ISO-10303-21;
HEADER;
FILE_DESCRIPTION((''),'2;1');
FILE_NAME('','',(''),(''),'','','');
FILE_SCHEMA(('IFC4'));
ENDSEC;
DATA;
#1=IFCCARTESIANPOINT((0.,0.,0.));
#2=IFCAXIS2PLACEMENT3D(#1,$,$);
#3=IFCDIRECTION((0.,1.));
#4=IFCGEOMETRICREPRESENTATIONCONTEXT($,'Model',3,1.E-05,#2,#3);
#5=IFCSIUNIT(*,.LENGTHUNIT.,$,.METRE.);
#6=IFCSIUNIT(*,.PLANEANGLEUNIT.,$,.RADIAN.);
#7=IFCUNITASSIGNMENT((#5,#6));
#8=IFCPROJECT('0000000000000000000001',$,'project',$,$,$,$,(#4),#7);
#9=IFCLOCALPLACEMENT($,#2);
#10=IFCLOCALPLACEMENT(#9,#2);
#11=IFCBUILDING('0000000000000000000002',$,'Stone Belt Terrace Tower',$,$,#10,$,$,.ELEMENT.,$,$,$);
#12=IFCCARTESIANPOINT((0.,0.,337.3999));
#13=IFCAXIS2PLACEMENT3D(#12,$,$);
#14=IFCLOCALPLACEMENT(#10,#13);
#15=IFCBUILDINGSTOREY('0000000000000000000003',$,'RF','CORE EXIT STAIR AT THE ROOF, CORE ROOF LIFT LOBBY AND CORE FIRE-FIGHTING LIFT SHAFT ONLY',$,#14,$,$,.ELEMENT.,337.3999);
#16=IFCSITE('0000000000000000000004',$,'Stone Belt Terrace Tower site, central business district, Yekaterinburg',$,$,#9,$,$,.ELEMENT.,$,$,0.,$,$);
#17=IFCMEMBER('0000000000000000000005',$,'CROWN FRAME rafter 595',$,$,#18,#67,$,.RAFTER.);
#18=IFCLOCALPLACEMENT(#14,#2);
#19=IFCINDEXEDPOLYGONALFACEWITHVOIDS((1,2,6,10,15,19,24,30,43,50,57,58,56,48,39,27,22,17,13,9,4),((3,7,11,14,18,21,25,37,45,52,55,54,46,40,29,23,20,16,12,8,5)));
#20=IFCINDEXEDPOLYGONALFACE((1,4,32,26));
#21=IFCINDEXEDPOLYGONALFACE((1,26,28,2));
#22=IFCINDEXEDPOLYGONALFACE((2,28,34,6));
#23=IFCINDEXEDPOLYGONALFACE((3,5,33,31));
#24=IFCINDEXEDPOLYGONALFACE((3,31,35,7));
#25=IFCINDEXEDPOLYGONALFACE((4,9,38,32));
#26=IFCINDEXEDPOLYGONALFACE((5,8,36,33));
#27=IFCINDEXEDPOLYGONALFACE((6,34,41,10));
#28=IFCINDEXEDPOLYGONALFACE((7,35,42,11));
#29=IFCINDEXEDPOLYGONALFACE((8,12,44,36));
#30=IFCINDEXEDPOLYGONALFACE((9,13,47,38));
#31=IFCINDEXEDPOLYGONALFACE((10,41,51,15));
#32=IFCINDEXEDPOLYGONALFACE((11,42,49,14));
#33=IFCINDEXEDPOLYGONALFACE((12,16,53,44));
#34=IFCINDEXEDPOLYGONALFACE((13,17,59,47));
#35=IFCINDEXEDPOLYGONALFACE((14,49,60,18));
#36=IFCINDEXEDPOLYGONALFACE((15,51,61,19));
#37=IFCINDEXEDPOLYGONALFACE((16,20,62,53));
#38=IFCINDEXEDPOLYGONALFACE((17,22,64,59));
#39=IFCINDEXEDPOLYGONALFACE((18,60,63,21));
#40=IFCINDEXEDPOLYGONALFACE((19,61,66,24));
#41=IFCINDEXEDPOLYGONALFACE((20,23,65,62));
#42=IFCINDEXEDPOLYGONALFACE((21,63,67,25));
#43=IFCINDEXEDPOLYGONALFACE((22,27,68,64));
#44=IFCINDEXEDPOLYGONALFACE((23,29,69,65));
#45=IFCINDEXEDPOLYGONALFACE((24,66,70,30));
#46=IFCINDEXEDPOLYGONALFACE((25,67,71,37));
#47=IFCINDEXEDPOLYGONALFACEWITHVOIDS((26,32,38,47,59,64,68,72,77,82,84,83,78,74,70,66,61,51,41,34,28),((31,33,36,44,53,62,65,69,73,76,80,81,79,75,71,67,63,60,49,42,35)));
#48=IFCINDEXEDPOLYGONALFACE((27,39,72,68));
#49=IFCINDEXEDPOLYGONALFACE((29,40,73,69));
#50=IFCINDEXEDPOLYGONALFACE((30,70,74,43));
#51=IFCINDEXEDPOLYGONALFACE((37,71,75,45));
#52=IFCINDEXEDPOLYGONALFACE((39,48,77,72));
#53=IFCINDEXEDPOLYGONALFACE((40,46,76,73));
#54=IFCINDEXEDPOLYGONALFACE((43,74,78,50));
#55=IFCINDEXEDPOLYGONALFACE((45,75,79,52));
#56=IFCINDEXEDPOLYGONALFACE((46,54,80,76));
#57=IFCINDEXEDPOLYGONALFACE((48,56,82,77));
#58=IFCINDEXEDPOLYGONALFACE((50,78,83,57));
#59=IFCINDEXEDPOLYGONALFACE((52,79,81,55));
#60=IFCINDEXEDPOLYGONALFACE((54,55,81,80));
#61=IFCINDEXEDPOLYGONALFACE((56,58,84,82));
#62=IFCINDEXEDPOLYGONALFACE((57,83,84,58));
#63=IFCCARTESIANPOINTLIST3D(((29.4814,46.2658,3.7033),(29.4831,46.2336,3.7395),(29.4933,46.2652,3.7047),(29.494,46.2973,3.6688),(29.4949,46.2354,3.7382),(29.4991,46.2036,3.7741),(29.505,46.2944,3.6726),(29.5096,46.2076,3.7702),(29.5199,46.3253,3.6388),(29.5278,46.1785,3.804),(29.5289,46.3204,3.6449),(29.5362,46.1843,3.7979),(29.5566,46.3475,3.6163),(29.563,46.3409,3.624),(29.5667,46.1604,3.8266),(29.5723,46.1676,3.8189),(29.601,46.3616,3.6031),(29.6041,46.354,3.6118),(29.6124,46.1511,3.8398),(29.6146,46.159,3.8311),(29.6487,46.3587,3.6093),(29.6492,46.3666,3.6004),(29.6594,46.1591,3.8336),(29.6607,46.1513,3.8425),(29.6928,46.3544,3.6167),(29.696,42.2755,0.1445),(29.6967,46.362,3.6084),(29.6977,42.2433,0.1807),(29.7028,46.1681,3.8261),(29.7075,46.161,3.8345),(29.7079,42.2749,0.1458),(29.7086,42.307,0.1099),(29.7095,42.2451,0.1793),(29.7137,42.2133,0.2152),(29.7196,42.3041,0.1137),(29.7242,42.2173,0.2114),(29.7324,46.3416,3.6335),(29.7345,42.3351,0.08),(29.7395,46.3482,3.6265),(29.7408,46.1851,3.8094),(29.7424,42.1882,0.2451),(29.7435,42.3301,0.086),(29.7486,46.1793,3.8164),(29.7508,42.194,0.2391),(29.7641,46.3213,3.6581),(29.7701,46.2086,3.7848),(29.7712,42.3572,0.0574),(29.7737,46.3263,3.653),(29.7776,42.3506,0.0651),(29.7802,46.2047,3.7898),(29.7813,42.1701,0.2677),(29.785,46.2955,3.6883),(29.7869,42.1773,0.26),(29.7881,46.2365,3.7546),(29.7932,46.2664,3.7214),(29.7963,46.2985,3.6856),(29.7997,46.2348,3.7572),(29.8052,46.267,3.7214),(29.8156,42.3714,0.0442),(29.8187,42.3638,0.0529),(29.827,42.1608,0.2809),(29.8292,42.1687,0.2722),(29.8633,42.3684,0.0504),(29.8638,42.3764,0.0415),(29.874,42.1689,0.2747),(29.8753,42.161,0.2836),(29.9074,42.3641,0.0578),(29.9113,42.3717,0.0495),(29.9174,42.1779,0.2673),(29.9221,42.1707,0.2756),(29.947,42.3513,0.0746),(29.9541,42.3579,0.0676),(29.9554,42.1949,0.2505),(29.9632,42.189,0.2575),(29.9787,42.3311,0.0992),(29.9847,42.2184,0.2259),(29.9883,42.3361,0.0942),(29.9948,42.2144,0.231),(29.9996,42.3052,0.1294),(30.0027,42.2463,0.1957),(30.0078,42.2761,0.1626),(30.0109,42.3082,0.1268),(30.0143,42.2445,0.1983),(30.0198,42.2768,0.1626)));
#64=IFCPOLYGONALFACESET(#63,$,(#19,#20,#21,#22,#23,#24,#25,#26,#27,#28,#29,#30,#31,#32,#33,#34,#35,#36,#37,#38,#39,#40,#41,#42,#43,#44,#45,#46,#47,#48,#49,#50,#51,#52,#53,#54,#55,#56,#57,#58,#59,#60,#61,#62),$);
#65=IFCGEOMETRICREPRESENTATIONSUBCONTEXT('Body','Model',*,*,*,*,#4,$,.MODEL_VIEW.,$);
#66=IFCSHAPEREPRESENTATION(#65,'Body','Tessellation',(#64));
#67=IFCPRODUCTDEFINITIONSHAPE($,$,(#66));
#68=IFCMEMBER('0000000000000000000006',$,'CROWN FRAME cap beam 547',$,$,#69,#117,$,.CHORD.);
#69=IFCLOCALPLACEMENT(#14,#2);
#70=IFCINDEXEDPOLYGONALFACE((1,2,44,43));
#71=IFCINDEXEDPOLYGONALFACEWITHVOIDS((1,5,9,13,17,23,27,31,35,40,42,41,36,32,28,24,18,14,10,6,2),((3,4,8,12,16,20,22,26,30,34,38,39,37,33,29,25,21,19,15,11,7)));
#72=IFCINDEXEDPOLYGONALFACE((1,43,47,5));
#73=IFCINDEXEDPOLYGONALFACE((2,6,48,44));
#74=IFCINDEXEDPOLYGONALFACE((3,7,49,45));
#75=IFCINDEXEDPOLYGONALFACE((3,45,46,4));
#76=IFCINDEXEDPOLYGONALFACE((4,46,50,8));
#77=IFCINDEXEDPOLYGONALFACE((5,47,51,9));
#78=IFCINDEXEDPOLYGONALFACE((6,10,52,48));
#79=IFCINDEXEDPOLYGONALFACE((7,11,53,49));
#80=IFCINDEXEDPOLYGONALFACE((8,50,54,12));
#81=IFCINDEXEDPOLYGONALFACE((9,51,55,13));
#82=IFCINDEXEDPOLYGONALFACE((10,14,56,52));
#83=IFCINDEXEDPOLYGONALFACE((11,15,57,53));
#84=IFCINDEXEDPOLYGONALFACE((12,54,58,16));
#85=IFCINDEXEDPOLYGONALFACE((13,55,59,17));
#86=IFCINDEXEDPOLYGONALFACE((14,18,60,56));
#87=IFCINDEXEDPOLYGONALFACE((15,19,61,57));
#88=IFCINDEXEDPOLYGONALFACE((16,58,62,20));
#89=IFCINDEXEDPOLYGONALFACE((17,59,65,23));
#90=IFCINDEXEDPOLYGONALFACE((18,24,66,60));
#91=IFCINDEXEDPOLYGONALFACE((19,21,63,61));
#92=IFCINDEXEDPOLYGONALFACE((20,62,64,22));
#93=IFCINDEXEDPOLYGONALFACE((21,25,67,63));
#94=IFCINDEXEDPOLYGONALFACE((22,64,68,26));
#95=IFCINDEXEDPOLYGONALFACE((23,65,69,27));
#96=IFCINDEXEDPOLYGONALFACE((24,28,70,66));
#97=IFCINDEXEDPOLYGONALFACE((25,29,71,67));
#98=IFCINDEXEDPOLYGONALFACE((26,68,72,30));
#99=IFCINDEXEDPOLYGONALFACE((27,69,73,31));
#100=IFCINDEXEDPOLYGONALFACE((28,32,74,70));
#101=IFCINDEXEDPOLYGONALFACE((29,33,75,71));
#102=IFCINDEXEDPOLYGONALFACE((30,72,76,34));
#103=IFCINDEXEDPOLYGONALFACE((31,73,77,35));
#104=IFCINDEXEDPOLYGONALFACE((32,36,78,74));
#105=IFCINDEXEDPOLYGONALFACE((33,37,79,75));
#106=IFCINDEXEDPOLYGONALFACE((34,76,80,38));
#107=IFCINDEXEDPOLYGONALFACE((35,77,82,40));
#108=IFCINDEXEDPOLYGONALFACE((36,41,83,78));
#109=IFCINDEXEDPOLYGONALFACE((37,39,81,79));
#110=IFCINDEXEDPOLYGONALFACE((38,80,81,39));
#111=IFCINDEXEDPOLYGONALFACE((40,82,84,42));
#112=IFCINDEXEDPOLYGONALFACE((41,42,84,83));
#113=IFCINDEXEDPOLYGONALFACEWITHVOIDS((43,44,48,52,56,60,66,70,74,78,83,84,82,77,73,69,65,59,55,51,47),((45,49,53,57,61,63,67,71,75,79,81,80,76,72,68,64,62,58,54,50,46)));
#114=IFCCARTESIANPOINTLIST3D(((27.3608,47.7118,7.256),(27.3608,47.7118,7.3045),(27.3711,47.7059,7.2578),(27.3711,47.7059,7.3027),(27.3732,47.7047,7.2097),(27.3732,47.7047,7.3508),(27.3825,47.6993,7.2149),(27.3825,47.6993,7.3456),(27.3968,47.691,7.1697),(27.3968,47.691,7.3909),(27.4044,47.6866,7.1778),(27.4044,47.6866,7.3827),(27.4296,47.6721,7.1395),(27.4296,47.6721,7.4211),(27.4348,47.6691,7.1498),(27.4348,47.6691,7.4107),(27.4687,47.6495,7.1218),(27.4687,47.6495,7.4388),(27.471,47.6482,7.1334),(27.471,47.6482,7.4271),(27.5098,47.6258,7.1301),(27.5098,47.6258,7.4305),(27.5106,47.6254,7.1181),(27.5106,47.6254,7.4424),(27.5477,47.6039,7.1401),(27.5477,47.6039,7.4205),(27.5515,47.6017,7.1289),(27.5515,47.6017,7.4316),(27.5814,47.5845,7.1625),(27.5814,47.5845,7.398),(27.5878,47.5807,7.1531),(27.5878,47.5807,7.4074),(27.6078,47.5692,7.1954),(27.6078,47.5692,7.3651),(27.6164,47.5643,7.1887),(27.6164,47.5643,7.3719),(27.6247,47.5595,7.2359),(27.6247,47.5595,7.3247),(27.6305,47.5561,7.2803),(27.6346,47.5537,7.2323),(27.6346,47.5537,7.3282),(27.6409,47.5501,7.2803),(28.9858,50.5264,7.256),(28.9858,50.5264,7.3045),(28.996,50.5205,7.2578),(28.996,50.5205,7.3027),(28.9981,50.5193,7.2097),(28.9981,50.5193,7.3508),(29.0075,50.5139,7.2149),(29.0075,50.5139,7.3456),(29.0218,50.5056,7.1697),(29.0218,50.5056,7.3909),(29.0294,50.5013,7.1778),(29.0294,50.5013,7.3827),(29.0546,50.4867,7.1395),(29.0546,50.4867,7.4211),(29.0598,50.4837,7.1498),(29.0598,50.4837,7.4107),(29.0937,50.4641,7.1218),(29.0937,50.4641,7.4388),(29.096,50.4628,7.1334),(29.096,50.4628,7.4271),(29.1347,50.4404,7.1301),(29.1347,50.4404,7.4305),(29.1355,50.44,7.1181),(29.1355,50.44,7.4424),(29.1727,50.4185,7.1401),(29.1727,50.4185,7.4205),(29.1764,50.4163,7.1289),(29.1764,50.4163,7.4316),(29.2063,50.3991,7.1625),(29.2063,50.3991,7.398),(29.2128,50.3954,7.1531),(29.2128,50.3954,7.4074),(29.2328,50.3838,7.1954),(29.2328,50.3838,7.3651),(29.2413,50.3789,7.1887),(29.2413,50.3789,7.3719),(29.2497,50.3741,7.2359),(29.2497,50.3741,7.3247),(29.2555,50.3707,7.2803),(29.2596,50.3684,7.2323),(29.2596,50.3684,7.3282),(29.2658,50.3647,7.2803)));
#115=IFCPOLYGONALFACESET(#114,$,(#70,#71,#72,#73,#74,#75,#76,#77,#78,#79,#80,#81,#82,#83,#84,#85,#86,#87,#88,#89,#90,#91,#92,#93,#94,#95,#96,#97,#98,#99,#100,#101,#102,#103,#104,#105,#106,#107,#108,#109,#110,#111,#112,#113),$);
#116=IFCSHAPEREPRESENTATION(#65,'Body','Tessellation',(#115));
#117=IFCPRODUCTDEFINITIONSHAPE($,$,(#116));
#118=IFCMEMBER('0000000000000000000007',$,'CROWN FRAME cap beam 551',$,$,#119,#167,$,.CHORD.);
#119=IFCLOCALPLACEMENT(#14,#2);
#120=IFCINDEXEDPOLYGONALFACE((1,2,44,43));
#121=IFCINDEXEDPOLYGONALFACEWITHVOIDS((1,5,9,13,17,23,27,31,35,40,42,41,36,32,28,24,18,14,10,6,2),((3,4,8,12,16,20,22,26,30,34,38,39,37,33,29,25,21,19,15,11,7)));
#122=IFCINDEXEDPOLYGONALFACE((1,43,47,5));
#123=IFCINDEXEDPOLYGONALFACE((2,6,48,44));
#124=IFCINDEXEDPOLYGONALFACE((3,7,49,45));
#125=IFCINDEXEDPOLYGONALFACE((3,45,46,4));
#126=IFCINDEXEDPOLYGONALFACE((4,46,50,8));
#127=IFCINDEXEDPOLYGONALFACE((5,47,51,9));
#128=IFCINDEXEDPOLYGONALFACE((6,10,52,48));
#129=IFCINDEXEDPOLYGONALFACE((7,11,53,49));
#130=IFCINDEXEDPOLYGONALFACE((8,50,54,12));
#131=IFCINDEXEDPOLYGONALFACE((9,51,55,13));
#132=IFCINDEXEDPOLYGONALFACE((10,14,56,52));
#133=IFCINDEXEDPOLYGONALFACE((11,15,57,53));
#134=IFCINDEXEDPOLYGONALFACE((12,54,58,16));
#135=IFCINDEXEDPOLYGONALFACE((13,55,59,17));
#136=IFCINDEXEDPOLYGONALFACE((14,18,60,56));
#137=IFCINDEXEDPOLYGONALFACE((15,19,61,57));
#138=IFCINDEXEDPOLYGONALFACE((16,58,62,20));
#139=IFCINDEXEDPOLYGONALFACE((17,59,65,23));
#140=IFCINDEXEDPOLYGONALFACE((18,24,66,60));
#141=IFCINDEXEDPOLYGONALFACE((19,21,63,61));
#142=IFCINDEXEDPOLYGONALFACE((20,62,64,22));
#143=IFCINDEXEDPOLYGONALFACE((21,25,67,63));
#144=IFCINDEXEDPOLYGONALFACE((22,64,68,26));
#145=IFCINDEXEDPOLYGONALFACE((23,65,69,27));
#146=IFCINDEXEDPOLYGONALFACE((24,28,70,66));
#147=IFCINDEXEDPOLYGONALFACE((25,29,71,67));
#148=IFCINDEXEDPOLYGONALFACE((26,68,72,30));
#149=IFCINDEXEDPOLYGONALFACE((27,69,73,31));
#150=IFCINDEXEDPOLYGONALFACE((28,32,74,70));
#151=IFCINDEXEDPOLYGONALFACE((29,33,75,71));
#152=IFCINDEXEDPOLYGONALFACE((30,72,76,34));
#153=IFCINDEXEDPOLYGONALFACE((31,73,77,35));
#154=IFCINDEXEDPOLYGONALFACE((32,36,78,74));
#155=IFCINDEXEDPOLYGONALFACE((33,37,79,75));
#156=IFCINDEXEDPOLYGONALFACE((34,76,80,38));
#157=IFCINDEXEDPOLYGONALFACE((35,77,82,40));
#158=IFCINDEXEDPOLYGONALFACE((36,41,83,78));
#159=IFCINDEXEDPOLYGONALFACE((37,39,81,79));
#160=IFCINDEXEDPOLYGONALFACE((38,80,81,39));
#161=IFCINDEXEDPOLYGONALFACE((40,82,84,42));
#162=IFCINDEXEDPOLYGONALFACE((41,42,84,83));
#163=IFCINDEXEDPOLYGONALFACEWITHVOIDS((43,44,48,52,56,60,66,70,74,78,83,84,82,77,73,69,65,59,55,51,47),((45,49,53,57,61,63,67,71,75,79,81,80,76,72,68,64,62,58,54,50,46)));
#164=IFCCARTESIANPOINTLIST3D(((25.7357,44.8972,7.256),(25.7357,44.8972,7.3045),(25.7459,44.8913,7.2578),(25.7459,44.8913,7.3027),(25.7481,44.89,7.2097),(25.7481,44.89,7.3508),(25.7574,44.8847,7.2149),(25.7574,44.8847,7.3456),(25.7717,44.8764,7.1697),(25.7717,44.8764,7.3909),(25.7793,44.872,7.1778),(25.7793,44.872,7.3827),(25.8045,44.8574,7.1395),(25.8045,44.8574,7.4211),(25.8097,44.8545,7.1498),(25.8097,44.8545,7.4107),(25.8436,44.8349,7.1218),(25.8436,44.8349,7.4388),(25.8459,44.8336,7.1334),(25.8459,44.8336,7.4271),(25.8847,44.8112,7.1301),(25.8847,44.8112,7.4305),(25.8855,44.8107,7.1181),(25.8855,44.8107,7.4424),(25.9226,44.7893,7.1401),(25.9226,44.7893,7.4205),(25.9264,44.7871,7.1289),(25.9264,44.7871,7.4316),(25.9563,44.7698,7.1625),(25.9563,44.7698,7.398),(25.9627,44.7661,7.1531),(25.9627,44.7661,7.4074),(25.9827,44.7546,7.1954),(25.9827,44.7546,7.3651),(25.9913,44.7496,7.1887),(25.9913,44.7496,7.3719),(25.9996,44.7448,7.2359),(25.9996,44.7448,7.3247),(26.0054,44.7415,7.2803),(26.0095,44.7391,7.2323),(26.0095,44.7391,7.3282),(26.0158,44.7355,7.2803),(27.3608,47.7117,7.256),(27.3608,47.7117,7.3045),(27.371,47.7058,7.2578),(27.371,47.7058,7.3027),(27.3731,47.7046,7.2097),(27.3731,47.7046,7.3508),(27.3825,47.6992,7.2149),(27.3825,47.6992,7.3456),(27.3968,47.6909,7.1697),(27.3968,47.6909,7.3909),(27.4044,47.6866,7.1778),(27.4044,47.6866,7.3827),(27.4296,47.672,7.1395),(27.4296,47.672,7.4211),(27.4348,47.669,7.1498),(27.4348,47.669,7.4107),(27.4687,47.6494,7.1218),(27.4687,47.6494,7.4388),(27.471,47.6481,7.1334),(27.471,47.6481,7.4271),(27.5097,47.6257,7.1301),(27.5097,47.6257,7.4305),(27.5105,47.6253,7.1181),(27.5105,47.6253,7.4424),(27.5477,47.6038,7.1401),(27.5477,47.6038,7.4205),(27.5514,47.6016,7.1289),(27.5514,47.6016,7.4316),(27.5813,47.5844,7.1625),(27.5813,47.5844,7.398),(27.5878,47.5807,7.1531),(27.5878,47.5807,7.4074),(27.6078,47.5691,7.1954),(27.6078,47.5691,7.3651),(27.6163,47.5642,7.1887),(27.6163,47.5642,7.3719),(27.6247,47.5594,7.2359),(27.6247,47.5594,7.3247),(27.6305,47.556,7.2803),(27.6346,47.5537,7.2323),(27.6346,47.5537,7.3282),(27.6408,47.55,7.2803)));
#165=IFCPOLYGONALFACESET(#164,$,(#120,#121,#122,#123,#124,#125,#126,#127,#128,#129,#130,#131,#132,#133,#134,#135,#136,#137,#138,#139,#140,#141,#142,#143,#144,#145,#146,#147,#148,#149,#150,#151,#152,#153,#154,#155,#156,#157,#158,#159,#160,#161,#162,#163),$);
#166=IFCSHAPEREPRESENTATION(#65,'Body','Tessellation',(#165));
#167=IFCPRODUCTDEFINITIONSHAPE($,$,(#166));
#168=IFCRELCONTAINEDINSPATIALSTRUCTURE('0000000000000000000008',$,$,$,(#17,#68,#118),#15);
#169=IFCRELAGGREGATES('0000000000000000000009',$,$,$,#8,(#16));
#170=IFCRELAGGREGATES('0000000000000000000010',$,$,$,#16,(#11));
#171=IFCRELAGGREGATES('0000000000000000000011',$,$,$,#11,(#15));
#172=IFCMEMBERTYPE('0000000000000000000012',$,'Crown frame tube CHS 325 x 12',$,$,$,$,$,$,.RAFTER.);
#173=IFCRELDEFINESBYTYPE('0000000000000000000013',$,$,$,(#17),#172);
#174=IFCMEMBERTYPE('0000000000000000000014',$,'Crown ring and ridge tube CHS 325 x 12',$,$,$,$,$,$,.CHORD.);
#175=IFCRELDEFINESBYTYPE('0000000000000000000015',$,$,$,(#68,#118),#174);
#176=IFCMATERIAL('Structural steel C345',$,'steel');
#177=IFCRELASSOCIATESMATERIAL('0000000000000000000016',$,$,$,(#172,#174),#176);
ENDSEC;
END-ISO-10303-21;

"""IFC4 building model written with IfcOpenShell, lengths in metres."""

from ifc_helpers import new_model, si_unit, direction, frame, origin, origin_2d, place, context, subcontext, project, spatial, hollow_circle, extrude, material, material_profile, profile_set, type_object, element, save


model = new_model("IFC4")

# Units and contexts
model_context = context("Model", 3, precision=1e-05, world=origin(), true_north=direction((0.0, 1.0)))
body_context = subcontext(model_context, "Body", "Model", "MODEL_VIEW")
ifc_project = project(units=[si_unit("LENGTHUNIT", "METRE"), si_unit("PLANEANGLEUNIT", "RADIAN")], contexts=[model_context])

# Site, building, storey
site_placement = place(None, origin())
site = spatial("IfcSite", under=ifc_project, at=site_placement, Name="Stone Belt Terrace Tower site, central business district, Yekaterinburg", CompositionType="ELEMENT", RefElevation=0.0)
building_placement = place(site_placement, origin())
building = spatial("IfcBuilding", under=site, at=building_placement, Name="Stone Belt Terrace Tower", CompositionType="ELEMENT")
storey_placement = place(building_placement, frame((0.0, 0.0, 337.3999)))
storey = spatial("IfcBuildingStorey", under=building, at=storey_placement, Name="RF", Description="CORE EXIT STAIR AT THE ROOF, CORE ROOF LIFT LOBBY AND CORE FIRE-FIGHTING LIFT SHAFT ONLY", CompositionType="ELEMENT", Elevation=337.3999)

# Members
ifc_material_1 = material(Name="Structural steel C345", Category="steel")
ifc_material_profile_1 = material_profile(ifc_material_1, hollow_circle(Radius=0.1626, WallThickness=0.012, at=origin_2d()), Name="Structural steel C345 CHS 325x12")
ifc_profile_set_1 = profile_set([ifc_material_profile_1], Name="Structural steel C345")
member_type_1 = type_object("IfcMemberType", Name="Crown frame tube CHS 325 x 12", PredefinedType="RAFTER", material=ifc_profile_set_1)
member_1_placement = place(storey_placement, frame((29.6428, 46.2583, 3.7214), z_axis=(0.040104, -0.745697, -0.665077), x_axis=(0.998557, 0.053704, 0.0)))
element("IfcMember", 1, at=member_1_placement, inside=storey, type_object=member_type_1, Name="CROWN FRAME rafter 595", PredefinedType="RAFTER", context=body_context, shape_type="SweptSolid", body=[
    extrude(hollow_circle(Radius=0.1626, WallThickness=0.012, at=origin_2d()), origin(), (0.0, 0.0, 1.0), 5.3511),
])
ifc_material_profile_2 = material_profile(ifc_material_1, hollow_circle(Radius=0.1626, WallThickness=0.012, at=origin_2d()), Name="Structural steel C345 CHS 325x12")
ifc_profile_set_2 = profile_set([ifc_material_profile_2], Name="Structural steel C345")
member_type_2 = type_object("IfcMemberType", Name="Crown ring and ridge tube CHS 325 x 12", PredefinedType="CHORD", material=ifc_profile_set_2)
for number, where, z_axis, x_axis, name in (
    (2, (29.125, 50.446, 7.2803), (-0.499985, -0.866034, 0.0), (0.866034, -0.499985, 0.0), "CROWN FRAME cap beam 547"),
    (3, (27.5, 47.6313, 7.2803), (-0.500017, -0.866015, 0.0), (0.866015, -0.500017, 0.0), "CROWN FRAME cap beam 551"),
):
    element("IfcMember", number, at=place(storey_placement, frame(where, z_axis=z_axis, x_axis=x_axis)), inside=storey, type_object=member_type_2, Name=name, PredefinedType="CHORD", context=body_context, shape_type="SweptSolid", body=[
        extrude(hollow_circle(Radius=0.1626, WallThickness=0.012, at=origin_2d()), origin(), (0.0, 0.0, 1.0), 3.25),
    ])

save(model, "model.ifc")
